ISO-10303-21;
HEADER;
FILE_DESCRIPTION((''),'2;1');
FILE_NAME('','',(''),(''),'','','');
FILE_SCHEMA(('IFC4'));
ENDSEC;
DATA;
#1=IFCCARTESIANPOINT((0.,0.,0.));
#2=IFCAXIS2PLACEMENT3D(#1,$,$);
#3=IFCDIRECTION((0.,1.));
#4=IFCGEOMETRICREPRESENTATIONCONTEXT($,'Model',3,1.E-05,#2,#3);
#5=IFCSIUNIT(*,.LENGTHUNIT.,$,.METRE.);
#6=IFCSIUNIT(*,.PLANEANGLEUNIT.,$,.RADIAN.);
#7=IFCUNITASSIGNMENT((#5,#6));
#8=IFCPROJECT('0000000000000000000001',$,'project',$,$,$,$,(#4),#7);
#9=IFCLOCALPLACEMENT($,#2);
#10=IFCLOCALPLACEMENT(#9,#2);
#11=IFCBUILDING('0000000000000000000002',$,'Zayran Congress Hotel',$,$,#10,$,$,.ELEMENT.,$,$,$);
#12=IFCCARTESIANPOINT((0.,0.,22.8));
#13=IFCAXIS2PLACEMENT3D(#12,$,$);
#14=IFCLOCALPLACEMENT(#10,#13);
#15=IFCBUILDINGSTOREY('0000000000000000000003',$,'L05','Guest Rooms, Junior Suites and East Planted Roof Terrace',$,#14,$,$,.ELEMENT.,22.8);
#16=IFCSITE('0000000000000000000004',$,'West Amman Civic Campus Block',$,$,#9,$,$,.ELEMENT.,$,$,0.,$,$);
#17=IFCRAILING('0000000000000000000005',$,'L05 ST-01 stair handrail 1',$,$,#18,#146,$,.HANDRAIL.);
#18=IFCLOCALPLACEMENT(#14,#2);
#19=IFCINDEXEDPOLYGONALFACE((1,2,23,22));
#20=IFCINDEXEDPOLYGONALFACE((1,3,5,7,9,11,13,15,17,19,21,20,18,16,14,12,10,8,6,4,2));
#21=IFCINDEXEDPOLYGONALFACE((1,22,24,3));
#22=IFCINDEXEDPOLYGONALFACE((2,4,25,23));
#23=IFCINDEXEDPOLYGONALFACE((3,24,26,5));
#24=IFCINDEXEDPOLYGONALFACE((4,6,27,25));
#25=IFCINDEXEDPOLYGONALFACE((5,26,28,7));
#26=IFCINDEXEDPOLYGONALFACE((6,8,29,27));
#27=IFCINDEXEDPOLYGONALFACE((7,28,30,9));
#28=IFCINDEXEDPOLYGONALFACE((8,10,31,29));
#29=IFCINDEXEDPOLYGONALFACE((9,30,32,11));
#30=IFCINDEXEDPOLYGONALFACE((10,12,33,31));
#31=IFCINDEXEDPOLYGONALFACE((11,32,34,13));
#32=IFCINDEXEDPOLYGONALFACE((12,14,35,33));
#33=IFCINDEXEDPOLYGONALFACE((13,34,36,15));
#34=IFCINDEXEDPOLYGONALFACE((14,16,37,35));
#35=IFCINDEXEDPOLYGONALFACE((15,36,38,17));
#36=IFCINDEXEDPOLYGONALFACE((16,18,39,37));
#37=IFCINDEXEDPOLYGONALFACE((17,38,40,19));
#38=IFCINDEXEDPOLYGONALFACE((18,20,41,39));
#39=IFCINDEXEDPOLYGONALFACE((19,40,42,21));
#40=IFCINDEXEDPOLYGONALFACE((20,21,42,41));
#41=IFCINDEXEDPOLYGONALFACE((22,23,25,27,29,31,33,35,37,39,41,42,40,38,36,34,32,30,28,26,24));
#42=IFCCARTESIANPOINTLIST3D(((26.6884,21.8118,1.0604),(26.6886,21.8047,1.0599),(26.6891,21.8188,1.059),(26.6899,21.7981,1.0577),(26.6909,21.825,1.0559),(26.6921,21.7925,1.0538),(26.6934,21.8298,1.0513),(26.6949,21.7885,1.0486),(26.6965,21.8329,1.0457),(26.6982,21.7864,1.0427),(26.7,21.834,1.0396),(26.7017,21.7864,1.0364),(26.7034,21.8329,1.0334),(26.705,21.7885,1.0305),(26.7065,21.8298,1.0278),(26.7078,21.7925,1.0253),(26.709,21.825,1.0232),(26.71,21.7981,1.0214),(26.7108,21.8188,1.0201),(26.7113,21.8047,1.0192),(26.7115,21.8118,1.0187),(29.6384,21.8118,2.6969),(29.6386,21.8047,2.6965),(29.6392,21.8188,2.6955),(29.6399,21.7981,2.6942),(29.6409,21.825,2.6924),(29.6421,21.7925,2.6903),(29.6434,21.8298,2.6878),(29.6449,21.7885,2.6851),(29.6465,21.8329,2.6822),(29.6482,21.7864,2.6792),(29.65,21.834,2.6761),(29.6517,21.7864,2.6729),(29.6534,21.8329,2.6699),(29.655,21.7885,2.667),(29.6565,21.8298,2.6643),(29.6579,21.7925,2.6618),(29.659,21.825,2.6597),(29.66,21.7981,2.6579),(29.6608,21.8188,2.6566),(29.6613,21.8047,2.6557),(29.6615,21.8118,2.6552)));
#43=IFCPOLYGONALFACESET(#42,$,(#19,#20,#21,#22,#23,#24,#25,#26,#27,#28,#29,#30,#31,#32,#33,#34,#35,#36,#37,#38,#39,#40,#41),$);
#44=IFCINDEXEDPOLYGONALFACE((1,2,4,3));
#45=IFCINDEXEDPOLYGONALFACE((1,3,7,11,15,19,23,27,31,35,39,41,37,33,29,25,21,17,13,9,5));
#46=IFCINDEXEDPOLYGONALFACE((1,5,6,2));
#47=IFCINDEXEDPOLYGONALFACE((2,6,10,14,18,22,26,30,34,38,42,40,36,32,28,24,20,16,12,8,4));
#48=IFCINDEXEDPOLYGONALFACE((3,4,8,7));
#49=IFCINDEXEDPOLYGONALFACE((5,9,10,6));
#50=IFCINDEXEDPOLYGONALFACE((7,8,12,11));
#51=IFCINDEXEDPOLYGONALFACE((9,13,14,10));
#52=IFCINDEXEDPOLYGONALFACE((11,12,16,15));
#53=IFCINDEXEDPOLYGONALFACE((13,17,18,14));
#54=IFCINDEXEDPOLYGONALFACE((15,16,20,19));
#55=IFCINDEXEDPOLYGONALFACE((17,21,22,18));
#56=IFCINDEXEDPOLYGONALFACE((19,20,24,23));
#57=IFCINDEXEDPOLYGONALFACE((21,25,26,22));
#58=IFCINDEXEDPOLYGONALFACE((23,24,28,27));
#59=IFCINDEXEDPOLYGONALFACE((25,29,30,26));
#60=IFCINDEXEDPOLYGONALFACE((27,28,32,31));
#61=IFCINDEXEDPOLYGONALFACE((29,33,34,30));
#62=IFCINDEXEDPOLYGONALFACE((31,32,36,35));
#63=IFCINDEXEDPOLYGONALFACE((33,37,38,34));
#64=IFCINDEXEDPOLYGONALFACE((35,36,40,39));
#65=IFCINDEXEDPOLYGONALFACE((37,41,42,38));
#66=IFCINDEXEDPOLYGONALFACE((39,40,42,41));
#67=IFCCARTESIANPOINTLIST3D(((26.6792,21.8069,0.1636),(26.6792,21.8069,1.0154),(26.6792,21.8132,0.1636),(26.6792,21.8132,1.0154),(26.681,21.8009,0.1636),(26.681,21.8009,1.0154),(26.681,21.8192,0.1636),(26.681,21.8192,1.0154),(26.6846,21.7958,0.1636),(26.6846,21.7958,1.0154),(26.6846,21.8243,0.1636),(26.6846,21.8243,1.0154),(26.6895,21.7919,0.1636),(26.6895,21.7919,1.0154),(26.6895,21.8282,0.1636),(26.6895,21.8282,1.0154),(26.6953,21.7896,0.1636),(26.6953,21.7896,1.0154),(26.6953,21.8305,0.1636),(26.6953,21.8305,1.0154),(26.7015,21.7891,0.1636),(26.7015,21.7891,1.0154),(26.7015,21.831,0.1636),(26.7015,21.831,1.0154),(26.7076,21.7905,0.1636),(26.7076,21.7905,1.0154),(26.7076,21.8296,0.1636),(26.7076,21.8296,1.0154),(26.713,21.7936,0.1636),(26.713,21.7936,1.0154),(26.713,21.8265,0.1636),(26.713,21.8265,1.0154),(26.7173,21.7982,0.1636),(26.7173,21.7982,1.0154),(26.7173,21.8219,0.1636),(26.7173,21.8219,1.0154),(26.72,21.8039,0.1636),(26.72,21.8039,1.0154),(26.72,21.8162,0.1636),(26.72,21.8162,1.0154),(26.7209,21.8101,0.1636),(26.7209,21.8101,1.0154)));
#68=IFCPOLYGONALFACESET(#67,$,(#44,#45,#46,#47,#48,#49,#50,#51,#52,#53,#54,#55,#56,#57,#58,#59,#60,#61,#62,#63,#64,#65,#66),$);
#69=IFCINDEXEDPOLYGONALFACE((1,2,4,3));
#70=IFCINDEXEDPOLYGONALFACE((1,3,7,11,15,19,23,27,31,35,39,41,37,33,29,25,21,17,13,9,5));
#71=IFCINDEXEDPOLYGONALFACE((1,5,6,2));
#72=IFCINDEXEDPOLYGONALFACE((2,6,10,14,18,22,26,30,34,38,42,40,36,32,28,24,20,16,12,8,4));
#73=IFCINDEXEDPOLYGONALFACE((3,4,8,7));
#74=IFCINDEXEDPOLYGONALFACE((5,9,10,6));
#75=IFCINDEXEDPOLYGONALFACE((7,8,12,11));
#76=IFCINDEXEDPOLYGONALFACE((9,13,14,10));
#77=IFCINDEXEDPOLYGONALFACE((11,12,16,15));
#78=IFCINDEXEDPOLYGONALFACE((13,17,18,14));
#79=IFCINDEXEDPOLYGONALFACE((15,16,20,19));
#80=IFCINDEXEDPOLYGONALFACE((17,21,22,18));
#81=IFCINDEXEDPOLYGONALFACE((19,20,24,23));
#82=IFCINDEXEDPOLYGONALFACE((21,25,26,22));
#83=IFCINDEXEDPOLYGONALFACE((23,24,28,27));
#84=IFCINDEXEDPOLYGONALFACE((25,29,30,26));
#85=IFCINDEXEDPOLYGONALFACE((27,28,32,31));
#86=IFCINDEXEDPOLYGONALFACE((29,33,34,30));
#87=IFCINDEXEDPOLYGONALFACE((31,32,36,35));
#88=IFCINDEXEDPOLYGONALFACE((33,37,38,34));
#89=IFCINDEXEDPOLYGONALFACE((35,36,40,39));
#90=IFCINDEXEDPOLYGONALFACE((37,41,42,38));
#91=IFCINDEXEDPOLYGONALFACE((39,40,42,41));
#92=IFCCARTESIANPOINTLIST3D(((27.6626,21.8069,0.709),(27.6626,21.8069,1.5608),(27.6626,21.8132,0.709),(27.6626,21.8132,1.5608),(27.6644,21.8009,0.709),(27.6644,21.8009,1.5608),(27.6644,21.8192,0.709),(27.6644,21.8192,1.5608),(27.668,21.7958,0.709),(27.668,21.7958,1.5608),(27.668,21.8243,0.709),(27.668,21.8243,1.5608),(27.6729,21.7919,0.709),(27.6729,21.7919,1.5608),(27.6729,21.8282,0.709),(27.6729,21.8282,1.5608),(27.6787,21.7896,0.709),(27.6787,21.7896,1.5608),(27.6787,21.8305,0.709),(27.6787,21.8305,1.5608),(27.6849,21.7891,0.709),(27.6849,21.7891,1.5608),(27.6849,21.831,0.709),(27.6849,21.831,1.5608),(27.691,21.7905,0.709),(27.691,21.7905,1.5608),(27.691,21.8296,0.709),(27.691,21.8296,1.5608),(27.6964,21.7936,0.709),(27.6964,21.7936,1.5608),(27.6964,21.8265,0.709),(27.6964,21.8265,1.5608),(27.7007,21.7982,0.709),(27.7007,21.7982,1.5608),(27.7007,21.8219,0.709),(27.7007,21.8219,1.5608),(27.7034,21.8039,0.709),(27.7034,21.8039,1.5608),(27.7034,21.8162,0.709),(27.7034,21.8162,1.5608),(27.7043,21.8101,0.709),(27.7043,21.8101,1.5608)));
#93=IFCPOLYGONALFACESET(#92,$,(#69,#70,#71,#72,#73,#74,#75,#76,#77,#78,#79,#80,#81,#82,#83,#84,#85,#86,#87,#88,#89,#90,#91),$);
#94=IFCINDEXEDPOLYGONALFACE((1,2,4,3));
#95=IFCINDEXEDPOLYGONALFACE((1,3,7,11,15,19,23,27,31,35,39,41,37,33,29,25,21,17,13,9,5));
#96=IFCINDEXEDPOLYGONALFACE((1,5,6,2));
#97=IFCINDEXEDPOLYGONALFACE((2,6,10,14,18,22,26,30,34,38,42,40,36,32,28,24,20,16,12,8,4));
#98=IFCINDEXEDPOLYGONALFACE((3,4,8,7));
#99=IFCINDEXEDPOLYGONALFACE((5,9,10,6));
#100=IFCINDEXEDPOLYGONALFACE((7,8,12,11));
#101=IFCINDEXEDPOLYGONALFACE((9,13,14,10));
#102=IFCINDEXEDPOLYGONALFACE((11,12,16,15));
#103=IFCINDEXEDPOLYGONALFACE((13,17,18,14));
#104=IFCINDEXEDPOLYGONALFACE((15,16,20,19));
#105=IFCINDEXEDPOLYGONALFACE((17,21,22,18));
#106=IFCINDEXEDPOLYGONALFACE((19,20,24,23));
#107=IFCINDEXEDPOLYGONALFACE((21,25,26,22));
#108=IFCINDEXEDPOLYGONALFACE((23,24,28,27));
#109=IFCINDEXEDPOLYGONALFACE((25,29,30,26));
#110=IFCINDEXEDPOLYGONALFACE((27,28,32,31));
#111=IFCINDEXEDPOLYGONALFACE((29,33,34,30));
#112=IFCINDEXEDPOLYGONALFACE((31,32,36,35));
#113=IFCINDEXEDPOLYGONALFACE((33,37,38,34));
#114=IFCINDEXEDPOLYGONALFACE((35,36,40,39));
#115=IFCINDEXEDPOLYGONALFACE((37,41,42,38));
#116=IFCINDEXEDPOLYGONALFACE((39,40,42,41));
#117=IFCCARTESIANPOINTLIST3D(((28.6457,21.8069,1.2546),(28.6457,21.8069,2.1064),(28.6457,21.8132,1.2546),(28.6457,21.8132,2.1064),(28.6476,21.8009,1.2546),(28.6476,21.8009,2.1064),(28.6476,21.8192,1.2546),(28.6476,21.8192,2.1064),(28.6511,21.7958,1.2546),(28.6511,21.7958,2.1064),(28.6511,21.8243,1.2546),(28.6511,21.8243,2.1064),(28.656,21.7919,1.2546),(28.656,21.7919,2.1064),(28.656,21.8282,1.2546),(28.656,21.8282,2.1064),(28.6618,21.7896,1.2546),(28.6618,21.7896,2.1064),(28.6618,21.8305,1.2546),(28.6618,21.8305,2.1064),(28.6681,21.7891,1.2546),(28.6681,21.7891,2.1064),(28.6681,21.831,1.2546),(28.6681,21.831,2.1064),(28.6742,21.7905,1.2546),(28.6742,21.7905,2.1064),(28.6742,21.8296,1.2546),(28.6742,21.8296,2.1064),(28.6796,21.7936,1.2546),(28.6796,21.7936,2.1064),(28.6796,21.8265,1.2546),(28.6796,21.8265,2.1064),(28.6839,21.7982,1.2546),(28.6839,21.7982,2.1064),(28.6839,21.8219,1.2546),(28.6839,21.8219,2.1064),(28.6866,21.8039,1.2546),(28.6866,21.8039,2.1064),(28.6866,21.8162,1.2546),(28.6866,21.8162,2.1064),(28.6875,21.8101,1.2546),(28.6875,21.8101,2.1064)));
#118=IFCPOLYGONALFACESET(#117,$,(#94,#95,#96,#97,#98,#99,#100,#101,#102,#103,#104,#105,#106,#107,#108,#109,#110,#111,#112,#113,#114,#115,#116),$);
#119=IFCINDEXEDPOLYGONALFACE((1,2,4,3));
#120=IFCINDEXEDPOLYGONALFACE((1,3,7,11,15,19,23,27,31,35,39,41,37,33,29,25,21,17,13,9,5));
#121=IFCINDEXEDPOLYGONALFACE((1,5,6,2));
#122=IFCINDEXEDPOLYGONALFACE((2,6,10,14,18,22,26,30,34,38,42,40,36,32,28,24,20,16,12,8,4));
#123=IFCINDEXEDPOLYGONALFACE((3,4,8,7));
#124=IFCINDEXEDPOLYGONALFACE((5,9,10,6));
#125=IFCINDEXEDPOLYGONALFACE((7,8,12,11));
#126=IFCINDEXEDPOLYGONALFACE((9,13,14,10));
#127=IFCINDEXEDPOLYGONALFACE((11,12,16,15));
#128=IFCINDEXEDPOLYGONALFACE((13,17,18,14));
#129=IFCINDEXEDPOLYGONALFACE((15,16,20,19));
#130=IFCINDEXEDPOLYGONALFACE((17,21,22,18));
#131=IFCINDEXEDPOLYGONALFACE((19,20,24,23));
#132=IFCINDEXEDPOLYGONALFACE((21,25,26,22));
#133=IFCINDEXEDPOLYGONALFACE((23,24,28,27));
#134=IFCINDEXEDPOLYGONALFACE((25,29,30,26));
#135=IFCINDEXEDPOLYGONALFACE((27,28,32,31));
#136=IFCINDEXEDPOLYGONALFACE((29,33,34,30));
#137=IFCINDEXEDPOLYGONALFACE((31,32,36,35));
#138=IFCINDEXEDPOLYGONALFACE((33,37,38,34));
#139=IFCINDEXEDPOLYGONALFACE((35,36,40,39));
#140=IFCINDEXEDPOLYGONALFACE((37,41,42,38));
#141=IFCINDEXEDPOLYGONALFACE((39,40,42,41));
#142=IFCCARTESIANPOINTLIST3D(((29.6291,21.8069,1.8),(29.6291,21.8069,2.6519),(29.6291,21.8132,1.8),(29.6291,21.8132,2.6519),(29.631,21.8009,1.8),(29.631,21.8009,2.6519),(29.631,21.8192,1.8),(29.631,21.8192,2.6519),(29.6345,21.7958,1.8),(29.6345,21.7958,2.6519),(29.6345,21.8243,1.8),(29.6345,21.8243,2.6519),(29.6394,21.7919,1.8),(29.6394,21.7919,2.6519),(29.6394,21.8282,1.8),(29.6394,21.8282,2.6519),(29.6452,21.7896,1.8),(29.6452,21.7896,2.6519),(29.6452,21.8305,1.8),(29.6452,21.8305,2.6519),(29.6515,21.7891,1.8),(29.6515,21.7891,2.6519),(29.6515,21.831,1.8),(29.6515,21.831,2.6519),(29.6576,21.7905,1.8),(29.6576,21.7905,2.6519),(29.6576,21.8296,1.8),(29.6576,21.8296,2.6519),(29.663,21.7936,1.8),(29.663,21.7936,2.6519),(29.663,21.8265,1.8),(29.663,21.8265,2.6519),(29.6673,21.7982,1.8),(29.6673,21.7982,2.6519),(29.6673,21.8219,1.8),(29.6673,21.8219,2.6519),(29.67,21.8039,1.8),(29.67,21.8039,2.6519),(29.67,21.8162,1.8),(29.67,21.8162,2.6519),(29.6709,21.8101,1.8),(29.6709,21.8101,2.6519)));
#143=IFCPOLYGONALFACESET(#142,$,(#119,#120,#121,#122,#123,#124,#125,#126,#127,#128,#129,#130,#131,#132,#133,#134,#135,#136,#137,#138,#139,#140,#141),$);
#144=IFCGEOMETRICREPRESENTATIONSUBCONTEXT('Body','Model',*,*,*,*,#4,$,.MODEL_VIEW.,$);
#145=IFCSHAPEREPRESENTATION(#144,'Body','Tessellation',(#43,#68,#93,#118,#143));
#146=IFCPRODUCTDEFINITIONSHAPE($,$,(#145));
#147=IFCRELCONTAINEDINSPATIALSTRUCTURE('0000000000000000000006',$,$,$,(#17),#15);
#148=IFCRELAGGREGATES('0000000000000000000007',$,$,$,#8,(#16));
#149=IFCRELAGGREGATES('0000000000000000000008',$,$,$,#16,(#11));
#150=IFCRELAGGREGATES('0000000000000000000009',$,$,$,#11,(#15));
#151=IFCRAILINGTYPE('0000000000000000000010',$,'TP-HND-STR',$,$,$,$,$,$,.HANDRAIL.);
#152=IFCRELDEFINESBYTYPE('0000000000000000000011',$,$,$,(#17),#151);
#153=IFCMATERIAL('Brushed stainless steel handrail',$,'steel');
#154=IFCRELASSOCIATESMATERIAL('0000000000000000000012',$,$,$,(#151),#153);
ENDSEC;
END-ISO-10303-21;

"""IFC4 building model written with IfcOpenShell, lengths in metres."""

from ifc_helpers import new_model, si_unit, direction, frame, origin, origin_2d, place, context, subcontext, project, spatial, circle, extrude, material, type_object, element, save


model = new_model("IFC4")

# Units and contexts
model_context = context("Model", 3, precision=1e-05, world=origin(), true_north=direction((0.0, 1.0)))
body_context = subcontext(model_context, "Body", "Model", "MODEL_VIEW")
ifc_project = project(units=[si_unit("LENGTHUNIT", "METRE"), si_unit("PLANEANGLEUNIT", "RADIAN")], contexts=[model_context])

# Site, building, storey
site_placement = place(None, origin())
site = spatial("IfcSite", under=ifc_project, at=site_placement, Name="West Amman Civic Campus Block", CompositionType="ELEMENT", RefElevation=0.0)
building_placement = place(site_placement, origin())
building = spatial("IfcBuilding", under=site, at=building_placement, Name="Zayran Congress Hotel", CompositionType="ELEMENT")
storey_placement = place(building_placement, frame((0.0, 0.0, 22.8)))
storey = spatial("IfcBuildingStorey", under=building, at=storey_placement, Name="L05", Description="Guest Rooms, Junior Suites and East Planted Roof Terrace", CompositionType="ELEMENT", Elevation=22.8)

# Railing
ifc_material_1 = material(Name="Brushed stainless steel handrail", Category="steel")
railing_type_1 = type_object("IfcRailingType", Name="TP-HND-STR", PredefinedType="HANDRAIL", material=ifc_material_1)
railing_1_placement = place(storey_placement, frame((26.7, 21.8101, 0.1636)))
element("IfcRailing", 1, at=railing_1_placement, inside=storey, type_object=railing_type_1, Name="L05 ST-01 stair handrail 1", PredefinedType="HANDRAIL", context=body_context, shape_type="SweptSolid", body=[
    extrude(circle(Radius=0.0239, at=origin_2d()), frame((0.0, 0.0, 0.876), z_axis=(0.874458, 0.0, 0.485102), x_axis=(0.0, 1.0, 0.0)), (0.0, 0.0, 1.0), 3.3735),
    extrude(circle(Radius=0.021, at=origin_2d()), origin(), (0.0, 0.0, 1.0), 0.8518),
    extrude(circle(Radius=0.021, at=origin_2d()), frame((0.9834, 0.0, 0.5454)), (0.0, 0.0, 1.0), 0.8518),
    extrude(circle(Radius=0.021, at=origin_2d()), frame((1.9666, 0.0, 1.0911)), (0.0, 0.0, 1.0), 0.8518),
    extrude(circle(Radius=0.021, at=origin_2d()), frame((2.95, 0.0, 1.6365)), (0.0, 0.0, 1.0), 0.8518),
])

save(model, "model.ifc")
